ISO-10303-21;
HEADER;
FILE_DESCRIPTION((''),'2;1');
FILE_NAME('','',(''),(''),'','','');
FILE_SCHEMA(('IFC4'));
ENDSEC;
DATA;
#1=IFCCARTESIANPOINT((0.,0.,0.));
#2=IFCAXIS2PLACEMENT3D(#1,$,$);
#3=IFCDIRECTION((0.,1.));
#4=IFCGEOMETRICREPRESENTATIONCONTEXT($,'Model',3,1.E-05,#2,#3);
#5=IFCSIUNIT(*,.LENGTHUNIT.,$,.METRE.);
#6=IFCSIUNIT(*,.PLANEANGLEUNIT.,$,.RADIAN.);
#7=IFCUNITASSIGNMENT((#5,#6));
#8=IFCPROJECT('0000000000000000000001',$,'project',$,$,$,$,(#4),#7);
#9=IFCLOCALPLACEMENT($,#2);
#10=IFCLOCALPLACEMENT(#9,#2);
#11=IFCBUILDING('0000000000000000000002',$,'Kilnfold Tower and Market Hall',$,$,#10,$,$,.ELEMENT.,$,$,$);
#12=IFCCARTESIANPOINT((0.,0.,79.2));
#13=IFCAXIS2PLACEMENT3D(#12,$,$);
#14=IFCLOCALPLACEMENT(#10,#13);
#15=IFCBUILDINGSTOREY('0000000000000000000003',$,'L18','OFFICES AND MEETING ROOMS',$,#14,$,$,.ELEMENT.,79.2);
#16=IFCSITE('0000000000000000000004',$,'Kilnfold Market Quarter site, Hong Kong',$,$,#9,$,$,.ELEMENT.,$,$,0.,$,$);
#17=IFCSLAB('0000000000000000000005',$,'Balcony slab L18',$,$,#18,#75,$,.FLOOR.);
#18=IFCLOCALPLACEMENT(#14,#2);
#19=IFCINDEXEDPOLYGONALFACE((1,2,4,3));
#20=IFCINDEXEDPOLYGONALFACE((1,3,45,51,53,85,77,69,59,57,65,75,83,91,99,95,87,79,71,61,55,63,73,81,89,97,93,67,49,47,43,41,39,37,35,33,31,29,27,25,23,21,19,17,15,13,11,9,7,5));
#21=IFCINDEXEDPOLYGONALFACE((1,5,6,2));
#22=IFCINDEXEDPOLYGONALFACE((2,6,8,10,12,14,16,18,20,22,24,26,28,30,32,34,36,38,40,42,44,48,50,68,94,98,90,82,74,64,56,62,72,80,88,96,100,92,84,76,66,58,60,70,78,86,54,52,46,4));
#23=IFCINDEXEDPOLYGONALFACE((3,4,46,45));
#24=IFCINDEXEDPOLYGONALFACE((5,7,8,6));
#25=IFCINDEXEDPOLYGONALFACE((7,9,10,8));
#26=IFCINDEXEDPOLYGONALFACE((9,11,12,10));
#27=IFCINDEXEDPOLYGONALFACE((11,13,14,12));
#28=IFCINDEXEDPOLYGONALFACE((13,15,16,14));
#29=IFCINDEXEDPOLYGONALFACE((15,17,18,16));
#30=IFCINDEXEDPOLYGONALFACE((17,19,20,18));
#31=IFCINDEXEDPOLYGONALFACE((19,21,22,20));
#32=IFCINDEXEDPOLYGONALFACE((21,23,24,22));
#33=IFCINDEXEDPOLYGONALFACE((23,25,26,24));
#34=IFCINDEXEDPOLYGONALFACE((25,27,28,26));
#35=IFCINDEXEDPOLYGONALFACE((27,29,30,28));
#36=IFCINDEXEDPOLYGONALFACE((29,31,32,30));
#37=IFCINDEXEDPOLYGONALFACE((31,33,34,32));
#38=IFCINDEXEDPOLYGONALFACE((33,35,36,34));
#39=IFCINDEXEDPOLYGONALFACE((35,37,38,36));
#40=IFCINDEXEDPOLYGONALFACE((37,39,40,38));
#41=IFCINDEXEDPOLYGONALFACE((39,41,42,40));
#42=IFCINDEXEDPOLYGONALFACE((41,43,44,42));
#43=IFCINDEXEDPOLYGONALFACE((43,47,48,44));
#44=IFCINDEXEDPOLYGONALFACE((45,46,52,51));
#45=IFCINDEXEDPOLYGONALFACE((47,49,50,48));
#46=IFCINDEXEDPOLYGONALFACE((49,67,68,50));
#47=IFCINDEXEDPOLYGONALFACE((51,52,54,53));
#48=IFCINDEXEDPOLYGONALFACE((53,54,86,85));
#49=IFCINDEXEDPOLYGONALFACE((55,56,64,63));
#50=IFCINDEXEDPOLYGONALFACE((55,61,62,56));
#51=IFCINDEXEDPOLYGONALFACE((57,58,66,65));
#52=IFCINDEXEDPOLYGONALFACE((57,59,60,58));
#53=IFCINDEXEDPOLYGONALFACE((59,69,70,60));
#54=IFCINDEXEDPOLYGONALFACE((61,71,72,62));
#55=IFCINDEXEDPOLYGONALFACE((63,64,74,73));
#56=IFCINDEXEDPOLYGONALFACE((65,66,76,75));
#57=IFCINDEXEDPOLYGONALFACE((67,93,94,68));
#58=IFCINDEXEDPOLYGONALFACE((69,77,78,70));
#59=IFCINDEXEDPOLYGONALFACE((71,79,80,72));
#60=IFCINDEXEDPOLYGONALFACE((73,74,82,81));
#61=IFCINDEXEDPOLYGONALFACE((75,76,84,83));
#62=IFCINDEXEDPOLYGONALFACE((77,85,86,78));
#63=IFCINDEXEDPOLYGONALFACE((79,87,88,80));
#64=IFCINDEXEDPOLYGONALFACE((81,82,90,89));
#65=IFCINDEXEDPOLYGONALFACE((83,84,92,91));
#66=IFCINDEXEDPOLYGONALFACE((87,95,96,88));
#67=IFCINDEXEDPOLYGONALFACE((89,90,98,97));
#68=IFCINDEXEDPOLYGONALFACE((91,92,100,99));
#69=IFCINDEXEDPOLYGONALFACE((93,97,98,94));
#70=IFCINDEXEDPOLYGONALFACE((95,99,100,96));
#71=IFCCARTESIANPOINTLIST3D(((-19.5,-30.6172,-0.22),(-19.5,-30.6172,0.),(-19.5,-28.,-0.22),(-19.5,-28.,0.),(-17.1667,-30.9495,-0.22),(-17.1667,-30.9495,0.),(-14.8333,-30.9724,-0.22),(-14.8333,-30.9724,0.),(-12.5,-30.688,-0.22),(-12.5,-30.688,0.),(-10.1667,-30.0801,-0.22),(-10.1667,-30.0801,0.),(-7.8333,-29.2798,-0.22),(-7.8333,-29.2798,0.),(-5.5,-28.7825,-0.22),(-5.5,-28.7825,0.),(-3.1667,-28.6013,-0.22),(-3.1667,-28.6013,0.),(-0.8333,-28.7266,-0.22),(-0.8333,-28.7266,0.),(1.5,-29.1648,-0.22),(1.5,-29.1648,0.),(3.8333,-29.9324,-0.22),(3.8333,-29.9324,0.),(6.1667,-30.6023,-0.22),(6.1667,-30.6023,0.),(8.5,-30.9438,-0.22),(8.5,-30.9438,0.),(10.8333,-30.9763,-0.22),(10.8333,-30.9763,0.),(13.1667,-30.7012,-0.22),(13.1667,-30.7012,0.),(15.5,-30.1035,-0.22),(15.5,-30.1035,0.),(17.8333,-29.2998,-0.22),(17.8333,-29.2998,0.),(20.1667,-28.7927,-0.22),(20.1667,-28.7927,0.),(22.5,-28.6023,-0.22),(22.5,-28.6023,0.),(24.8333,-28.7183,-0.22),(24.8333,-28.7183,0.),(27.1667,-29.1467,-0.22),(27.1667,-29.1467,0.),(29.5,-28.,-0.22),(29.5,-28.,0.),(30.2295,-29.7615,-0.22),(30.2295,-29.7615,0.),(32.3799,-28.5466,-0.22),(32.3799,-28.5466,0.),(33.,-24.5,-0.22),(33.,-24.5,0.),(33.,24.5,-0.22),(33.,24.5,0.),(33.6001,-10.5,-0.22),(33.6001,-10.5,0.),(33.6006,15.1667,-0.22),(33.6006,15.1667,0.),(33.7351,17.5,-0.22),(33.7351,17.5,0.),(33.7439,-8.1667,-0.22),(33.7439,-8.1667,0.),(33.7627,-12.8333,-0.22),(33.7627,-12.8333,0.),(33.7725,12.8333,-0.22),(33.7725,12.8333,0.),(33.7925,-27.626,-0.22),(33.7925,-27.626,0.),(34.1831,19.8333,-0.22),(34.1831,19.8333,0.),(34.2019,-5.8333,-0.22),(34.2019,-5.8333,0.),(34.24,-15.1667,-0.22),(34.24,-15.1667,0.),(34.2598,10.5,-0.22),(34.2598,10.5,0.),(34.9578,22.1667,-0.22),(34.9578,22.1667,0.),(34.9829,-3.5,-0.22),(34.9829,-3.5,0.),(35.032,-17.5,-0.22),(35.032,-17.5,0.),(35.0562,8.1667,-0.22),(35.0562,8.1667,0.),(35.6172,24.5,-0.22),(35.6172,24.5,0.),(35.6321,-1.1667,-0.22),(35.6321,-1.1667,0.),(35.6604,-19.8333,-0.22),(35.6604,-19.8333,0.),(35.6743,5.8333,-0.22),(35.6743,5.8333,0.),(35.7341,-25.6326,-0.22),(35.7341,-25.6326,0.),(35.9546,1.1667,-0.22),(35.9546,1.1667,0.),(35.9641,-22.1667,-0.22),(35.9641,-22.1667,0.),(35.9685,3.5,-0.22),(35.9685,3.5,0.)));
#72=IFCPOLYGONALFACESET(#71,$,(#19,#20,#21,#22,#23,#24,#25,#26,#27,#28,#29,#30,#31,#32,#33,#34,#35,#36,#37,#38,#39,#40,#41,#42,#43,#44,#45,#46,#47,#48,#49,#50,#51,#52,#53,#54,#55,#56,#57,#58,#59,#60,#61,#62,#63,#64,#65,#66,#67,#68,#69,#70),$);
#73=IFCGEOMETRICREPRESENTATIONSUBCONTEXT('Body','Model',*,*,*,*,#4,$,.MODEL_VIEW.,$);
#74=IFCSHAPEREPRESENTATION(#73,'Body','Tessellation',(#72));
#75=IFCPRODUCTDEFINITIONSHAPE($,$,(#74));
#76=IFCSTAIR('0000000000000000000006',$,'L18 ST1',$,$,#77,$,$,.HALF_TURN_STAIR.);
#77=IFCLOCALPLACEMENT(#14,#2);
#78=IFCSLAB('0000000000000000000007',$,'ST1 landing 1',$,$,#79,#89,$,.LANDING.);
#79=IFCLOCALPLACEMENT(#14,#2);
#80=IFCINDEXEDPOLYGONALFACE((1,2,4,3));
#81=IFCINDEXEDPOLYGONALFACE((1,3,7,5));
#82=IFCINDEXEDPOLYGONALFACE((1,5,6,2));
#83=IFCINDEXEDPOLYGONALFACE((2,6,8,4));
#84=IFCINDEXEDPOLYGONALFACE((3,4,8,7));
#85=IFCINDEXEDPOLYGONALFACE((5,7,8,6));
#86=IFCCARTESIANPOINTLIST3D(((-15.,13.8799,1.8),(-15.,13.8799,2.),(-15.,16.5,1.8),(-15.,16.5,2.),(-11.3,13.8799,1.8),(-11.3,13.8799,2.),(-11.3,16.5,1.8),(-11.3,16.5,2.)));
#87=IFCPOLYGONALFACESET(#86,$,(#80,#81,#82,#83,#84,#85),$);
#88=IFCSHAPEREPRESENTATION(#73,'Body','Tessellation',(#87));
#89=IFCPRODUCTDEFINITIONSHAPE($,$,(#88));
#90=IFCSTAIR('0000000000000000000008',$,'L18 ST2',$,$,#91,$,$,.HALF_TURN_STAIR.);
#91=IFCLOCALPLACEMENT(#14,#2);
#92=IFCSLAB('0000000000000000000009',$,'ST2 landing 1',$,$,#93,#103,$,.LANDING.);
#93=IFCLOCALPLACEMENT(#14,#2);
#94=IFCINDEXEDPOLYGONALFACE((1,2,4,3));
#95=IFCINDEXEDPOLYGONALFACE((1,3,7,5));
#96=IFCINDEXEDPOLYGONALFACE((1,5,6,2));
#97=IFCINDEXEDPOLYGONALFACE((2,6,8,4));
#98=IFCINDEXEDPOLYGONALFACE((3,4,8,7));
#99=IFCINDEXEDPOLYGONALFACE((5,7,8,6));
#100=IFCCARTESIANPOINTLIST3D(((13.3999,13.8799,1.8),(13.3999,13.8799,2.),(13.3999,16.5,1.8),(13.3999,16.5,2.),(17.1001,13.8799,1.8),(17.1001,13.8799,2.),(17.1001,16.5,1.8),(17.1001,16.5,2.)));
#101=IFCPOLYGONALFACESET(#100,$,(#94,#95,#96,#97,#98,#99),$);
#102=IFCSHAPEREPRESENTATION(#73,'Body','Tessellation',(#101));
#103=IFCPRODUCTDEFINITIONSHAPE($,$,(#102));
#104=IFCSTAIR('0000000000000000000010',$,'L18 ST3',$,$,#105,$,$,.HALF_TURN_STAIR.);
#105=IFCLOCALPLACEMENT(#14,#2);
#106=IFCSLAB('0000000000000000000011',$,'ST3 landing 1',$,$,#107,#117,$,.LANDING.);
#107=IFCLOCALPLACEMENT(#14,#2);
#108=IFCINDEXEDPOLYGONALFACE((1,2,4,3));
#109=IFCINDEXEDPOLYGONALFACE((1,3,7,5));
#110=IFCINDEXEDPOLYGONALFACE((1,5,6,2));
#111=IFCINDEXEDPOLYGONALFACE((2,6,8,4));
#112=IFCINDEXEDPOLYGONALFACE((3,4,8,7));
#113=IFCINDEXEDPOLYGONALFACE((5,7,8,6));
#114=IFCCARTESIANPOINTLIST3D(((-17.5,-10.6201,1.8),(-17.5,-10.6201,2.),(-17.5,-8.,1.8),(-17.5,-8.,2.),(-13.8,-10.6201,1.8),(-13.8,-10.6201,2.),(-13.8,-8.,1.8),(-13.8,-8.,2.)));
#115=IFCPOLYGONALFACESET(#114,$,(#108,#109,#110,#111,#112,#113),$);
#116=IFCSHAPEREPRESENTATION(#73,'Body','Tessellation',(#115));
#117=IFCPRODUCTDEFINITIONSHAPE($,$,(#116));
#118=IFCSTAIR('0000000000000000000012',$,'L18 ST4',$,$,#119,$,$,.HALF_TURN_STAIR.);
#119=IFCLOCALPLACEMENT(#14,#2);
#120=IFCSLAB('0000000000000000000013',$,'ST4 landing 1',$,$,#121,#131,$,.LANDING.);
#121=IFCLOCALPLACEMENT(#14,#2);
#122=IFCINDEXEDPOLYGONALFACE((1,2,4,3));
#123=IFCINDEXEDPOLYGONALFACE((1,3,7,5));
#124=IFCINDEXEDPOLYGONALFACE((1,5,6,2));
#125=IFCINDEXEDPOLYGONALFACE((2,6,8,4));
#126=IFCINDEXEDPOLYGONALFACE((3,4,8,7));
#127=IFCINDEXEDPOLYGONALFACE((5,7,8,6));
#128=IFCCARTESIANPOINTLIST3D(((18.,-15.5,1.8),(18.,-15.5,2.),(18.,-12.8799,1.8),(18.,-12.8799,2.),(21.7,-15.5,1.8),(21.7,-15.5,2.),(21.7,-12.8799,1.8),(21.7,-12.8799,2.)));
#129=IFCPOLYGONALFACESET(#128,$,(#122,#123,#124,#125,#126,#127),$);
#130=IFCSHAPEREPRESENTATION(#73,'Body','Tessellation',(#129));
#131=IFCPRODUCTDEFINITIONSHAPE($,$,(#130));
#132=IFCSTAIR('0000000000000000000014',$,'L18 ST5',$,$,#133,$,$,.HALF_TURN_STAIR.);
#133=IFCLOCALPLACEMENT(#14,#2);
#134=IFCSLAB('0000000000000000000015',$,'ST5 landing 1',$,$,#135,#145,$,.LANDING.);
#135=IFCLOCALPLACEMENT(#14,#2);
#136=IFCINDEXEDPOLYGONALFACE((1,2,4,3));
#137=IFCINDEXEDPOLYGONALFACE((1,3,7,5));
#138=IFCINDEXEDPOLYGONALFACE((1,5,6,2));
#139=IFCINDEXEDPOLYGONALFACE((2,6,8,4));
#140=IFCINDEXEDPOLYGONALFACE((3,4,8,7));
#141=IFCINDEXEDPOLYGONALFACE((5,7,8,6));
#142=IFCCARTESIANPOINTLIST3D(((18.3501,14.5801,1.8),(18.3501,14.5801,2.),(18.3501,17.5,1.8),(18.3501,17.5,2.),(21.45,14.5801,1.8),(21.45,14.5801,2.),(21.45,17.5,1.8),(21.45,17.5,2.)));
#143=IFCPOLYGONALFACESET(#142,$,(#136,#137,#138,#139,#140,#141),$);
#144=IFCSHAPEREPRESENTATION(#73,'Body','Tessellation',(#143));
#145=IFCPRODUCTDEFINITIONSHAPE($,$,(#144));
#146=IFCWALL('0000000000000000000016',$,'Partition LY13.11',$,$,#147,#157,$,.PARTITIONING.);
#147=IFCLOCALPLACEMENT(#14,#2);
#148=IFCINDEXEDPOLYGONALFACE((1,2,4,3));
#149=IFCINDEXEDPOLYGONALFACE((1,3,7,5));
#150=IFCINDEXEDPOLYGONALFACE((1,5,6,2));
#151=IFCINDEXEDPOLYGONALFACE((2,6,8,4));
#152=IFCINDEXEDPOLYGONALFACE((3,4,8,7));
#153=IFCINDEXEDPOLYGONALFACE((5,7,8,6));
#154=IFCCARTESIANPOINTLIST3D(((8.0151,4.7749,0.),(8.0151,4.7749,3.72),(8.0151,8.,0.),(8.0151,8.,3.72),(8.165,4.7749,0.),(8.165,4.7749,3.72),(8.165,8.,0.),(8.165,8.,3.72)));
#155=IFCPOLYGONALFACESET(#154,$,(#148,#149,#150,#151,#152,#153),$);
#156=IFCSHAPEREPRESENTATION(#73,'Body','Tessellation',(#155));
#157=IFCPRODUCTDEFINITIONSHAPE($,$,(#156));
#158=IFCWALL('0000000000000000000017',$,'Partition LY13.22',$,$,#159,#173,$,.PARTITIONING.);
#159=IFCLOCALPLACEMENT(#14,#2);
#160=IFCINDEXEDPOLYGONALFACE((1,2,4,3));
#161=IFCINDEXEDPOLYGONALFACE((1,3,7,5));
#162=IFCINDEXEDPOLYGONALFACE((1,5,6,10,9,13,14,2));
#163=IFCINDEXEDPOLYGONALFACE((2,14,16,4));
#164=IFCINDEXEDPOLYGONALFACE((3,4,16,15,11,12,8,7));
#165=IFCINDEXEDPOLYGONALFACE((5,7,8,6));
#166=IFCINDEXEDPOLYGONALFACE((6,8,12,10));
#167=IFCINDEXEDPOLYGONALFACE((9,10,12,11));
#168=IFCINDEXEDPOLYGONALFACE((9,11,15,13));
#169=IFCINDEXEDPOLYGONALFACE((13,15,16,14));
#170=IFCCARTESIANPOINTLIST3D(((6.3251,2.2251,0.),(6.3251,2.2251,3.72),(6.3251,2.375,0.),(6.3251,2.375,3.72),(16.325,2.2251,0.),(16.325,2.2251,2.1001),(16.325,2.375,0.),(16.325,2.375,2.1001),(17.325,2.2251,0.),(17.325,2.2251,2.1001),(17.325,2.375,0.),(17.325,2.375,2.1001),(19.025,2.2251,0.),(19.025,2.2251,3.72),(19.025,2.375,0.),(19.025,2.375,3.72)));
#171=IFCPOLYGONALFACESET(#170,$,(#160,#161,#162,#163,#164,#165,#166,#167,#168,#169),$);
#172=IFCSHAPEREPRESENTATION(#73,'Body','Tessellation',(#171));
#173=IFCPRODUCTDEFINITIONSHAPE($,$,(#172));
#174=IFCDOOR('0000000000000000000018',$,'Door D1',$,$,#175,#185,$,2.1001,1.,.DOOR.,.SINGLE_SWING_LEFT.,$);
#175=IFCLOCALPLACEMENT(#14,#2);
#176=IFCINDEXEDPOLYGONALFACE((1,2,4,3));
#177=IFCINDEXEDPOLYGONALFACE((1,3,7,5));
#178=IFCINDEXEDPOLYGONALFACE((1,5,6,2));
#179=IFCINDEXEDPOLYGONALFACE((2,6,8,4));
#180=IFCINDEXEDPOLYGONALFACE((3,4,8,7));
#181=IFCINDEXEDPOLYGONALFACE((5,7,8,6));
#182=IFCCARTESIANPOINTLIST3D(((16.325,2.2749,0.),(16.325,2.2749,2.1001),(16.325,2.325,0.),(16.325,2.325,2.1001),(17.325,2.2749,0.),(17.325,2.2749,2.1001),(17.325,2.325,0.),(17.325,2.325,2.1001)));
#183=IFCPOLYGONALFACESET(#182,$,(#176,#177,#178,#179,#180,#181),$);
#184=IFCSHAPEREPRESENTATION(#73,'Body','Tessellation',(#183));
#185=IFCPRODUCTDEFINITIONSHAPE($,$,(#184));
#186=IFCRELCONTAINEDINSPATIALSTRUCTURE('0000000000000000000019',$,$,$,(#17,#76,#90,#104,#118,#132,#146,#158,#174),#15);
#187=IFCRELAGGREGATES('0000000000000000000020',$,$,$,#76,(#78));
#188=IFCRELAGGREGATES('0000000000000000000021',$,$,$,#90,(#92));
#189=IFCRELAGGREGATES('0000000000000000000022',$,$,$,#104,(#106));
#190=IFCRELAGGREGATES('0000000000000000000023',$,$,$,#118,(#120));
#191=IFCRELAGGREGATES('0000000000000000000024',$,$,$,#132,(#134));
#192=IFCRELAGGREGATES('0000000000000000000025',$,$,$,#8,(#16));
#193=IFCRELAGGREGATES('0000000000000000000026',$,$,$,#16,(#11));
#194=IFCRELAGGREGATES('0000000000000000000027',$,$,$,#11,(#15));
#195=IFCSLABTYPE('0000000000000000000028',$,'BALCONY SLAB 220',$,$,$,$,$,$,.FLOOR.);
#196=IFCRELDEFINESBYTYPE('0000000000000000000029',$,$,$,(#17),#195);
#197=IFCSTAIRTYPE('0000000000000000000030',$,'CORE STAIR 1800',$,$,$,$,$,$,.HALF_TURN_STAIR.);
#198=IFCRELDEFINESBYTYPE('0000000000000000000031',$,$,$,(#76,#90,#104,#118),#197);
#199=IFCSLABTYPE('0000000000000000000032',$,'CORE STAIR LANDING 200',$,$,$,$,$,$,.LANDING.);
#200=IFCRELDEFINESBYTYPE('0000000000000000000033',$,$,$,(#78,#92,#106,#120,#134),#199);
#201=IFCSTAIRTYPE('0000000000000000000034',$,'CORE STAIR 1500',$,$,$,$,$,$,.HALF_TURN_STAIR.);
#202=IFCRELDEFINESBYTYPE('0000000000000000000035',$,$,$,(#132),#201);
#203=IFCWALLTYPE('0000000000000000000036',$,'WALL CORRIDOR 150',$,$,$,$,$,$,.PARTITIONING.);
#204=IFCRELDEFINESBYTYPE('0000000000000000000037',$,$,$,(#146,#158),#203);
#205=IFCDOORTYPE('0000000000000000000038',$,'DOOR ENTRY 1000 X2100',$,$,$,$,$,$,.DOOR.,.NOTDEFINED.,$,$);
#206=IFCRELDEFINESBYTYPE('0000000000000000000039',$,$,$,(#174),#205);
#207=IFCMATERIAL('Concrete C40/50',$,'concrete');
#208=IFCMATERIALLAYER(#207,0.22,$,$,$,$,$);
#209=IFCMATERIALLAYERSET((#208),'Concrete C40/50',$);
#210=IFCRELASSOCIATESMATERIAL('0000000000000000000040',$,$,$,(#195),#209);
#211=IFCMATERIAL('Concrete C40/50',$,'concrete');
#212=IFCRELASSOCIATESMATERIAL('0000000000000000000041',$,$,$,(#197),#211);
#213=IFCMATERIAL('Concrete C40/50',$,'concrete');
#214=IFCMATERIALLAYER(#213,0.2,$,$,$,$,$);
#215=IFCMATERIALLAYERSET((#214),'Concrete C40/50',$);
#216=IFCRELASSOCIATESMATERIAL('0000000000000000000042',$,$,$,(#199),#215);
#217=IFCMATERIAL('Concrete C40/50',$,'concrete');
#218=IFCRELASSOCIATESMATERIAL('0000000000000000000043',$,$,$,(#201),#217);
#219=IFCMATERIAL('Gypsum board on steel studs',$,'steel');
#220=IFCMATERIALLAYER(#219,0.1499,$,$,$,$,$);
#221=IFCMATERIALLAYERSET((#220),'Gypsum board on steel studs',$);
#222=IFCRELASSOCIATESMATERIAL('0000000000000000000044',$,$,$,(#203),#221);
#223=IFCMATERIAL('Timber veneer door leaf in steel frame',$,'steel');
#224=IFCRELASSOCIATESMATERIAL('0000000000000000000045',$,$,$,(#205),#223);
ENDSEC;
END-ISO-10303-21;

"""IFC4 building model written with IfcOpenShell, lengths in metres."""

from ifc_helpers import new_model, si_unit, direction, frame, frame_2d, origin, place, context, subcontext, project, spatial, polyline, rectangle, outline, extrude, source, transform, mapped, material, layer, layer_set, type_object, element, fill, aggregate, save


model = new_model("IFC4")

# Units and contexts
model_context = context("Model", 3, precision=1e-05, world=origin(), true_north=direction((0.0, 1.0)))
body_context = subcontext(model_context, "Body", "Model", "MODEL_VIEW")
ifc_project = project(units=[si_unit("LENGTHUNIT", "METRE"), si_unit("PLANEANGLEUNIT", "RADIAN")], contexts=[model_context])

# Site, building, storey
site_placement = place(None, origin())
site = spatial("IfcSite", under=ifc_project, at=site_placement, Name="Kilnfold Market Quarter site, Hong Kong", CompositionType="ELEMENT", RefElevation=0.0)
building_placement = place(site_placement, origin())
building = spatial("IfcBuilding", under=site, at=building_placement, Name="Kilnfold Tower and Market Hall", CompositionType="ELEMENT")
storey_placement = place(building_placement, frame((0.0, 0.0, 79.2)))
storey = spatial("IfcBuildingStorey", under=building, at=storey_placement, Name="L18", Description="OFFICES AND MEETING ROOMS", CompositionType="ELEMENT", Elevation=79.2)

# Slab
ifc_material_1 = material(Name="Concrete C40/50", Category="concrete")
ifc_layer_1 = layer(ifc_material_1, 0.22)
ifc_layer_set_1 = layer_set([ifc_layer_1], Name="Concrete C40/50")
slab_type_1 = type_object("IfcSlabType", Name="BALCONY SLAB 220", PredefinedType="FLOOR", material=ifc_layer_set_1)
shared_shape_1 = source(origin(), body_context, "Body", "SweptSolid", [
    extrude(outline(polyline([(-19.5, -28.0), (29.5, -28.0), (33.0, -24.5), (33.0, 24.5), (35.6172, 24.5), (34.9578, 22.1667), (34.1831, 19.8333), (33.7351, 17.5), (33.6006, 15.1667), (33.7725, 12.8333), (34.2598, 10.5), (35.0562, 8.1667), (35.6743, 5.8333), (35.9685, 3.5), (35.9546, 1.1667), (35.6321, -1.1667), (34.9829, -3.5), (34.2019, -5.8333), (33.7439, -8.1667), (33.6001, -10.5), (33.7627, -12.8333), (34.24, -15.1667), (35.032, -17.5), (35.6604, -19.8333), (35.9641, -22.1667), (35.7341, -25.6326), (33.7925, -27.626), (32.3799, -28.5466), (30.2295, -29.7615), (27.1667, -29.1467), (24.8333, -28.7183), (22.5, -28.6023), (20.1667, -28.7927), (17.8333, -29.2998), (15.5, -30.1035), (13.1667, -30.7012), (10.8333, -30.9763), (8.5, -30.9438), (6.1667, -30.6023), (3.8333, -29.9324), (1.5, -29.1648), (-0.8333, -28.7266), (-3.1667, -28.6013), (-5.5, -28.7825), (-7.8333, -29.2798), (-10.1667, -30.0801), (-12.5, -30.688), (-14.8333, -30.9724), (-17.1667, -30.9495), (-19.5, -30.6172), (-19.5, -28.0)])), origin(), (0.0, 0.0, 1.0), 0.22),
])
slab_1_placement = place(storey_placement, frame((0.0, 0.0, -0.22)))
element("IfcSlab", 1, at=slab_1_placement, inside=storey, type_object=slab_type_1, Name="Balcony slab L18", PredefinedType="FLOOR", context=body_context, shape_type="MappedRepresentation", body=[
    mapped(shared_shape_1, transform((0.0, 0.0, 0.0))),
])

# Stairs, slabs
ifc_material_2 = material(Name="Concrete C40/50", Category="concrete")
stair_type_1 = type_object("IfcStairType", Name="CORE STAIR 1800", PredefinedType="HALF_TURN_STAIR", material=ifc_material_2)
stair_1_placement = place(storey_placement, origin())
stair_1 = element("IfcStair", 2, at=stair_1_placement, inside=storey, type_object=stair_type_1, Name="L18 ST1", PredefinedType="HALF_TURN_STAIR")
ifc_material_3 = material(Name="Concrete C40/50", Category="concrete")
ifc_layer_2 = layer(ifc_material_3, 0.2)
ifc_layer_set_2 = layer_set([ifc_layer_2], Name="Concrete C40/50")
slab_type_2 = type_object("IfcSlabType", Name="CORE STAIR LANDING 200", PredefinedType="LANDING", material=ifc_layer_set_2)
shared_shape_2 = source(origin(), body_context, "Body", "SweptSolid", [
    extrude(outline(polyline([(-11.3, 13.8799), (-11.3, 16.5), (-15.0, 16.5), (-15.0, 13.8799), (-11.3, 13.8799)])), origin(), (0.0, 0.0, 1.0), 0.2),
])
slab_2_placement = place(storey_placement, frame((0.0, 0.0, 1.8)))
slab_2 = element("IfcSlab", 3, at=slab_2_placement, type_object=slab_type_2, Name="ST1 landing 1", PredefinedType="LANDING", context=body_context, shape_type="MappedRepresentation", body=[
    mapped(shared_shape_2, transform((0.0, 0.0, 0.0))),
])
aggregate(stair_1, [slab_2])
stair_2_placement = place(storey_placement, origin())
stair_2 = element("IfcStair", 4, at=stair_2_placement, inside=storey, type_object=stair_type_1, Name="L18 ST2", PredefinedType="HALF_TURN_STAIR")
shared_shape_3 = source(origin(), body_context, "Body", "SweptSolid", [
    extrude(outline(polyline([(17.1001, 13.8799), (17.1001, 16.5), (13.3999, 16.5), (13.3999, 13.8799), (17.1001, 13.8799)])), origin(), (0.0, 0.0, 1.0), 0.2),
])
slab_3_placement = place(storey_placement, frame((0.0, 0.0, 1.8)))
slab_3 = element("IfcSlab", 5, at=slab_3_placement, type_object=slab_type_2, Name="ST2 landing 1", PredefinedType="LANDING", context=body_context, shape_type="MappedRepresentation", body=[
    mapped(shared_shape_3, transform((0.0, 0.0, 0.0))),
])
aggregate(stair_2, [slab_3])
stair_3_placement = place(storey_placement, origin())
stair_3 = element("IfcStair", 6, at=stair_3_placement, inside=storey, type_object=stair_type_1, Name="L18 ST3", PredefinedType="HALF_TURN_STAIR")
shared_shape_4 = source(origin(), body_context, "Body", "SweptSolid", [
    extrude(outline(polyline([(-13.8, -10.6201), (-13.8, -8.0), (-17.5, -8.0), (-17.5, -10.6201), (-13.8, -10.6201)])), origin(), (0.0, 0.0, 1.0), 0.2),
])
slab_4_placement = place(storey_placement, frame((0.0, 0.0, 1.8)))
slab_4 = element("IfcSlab", 7, at=slab_4_placement, type_object=slab_type_2, Name="ST3 landing 1", PredefinedType="LANDING", context=body_context, shape_type="MappedRepresentation", body=[
    mapped(shared_shape_4, transform((0.0, 0.0, 0.0))),
])
aggregate(stair_3, [slab_4])
stair_4_placement = place(storey_placement, origin())
stair_4 = element("IfcStair", 8, at=stair_4_placement, inside=storey, type_object=stair_type_1, Name="L18 ST4", PredefinedType="HALF_TURN_STAIR")
shared_shape_5 = source(origin(), body_context, "Body", "SweptSolid", [
    extrude(outline(polyline([(18.0, -12.8799), (18.0, -15.5), (21.7, -15.5), (21.7, -12.8799), (18.0, -12.8799)])), origin(), (0.0, 0.0, 1.0), 0.2),
])
slab_5_placement = place(storey_placement, frame((0.0, 0.0, 1.8)))
slab_5 = element("IfcSlab", 9, at=slab_5_placement, type_object=slab_type_2, Name="ST4 landing 1", PredefinedType="LANDING", context=body_context, shape_type="MappedRepresentation", body=[
    mapped(shared_shape_5, transform((0.0, 0.0, 0.0))),
])
aggregate(stair_4, [slab_5])
ifc_material_4 = material(Name="Concrete C40/50", Category="concrete")
stair_type_2 = type_object("IfcStairType", Name="CORE STAIR 1500", PredefinedType="HALF_TURN_STAIR", material=ifc_material_4)
stair_5_placement = place(storey_placement, origin())
stair_5 = element("IfcStair", 10, at=stair_5_placement, inside=storey, type_object=stair_type_2, Name="L18 ST5", PredefinedType="HALF_TURN_STAIR")
shared_shape_6 = source(origin(), body_context, "Body", "SweptSolid", [
    extrude(outline(polyline([(21.45, 14.5801), (21.45, 17.5), (18.3501, 17.5), (18.3501, 14.5801), (21.45, 14.5801)])), origin(), (0.0, 0.0, 1.0), 0.2),
])
slab_6_placement = place(storey_placement, frame((0.0, 0.0, 1.8)))
slab_6 = element("IfcSlab", 11, at=slab_6_placement, type_object=slab_type_2, Name="ST5 landing 1", PredefinedType="LANDING", context=body_context, shape_type="MappedRepresentation", body=[
    mapped(shared_shape_6, transform((0.0, 0.0, 0.0))),
])
aggregate(stair_5, [slab_6])

# Wall
ifc_material_5 = material(Name="Gypsum board on steel studs", Category="steel")
ifc_layer_3 = layer(ifc_material_5, 0.1499)
ifc_layer_set_3 = layer_set([ifc_layer_3], Name="Gypsum board on steel studs")
wall_type_1 = type_object("IfcWallType", Name="WALL CORRIDOR 150", PredefinedType="PARTITIONING", material=ifc_layer_set_3)
wall_1_placement = place(storey_placement, frame((8.0901, 8.0, 0.0), z_axis=(0.0, 0.0, 1.0), x_axis=(0.0, -1.0, 0.0)))
element("IfcWall", 12, at=wall_1_placement, inside=storey, type_object=wall_type_1, Name="Partition LY13.11", PredefinedType="PARTITIONING", context=body_context, shape_type="SweptSolid", body=[
    extrude(rectangle(XDim=3.2251, YDim=0.1499, at=frame_2d((1.6125, 0.0))), origin(), (0.0, 0.0, 1.0), 3.72),
])

# Wall, opening, door
wall_2_placement = place(storey_placement, frame((6.325, 2.3, 0.0), z_axis=(0.0, 0.0, 1.0), x_axis=(1.0, 0.0, 0.0)))
wall_2 = element("IfcWall", 13, at=wall_2_placement, inside=storey, type_object=wall_type_1, Name="Partition LY13.22", PredefinedType="PARTITIONING", context=body_context, shape_type="SweptSolid", body=[
    extrude(rectangle(XDim=12.7, YDim=0.1499, at=frame_2d((6.3501, 0.0))), origin(), (0.0, 0.0, 1.0), 3.72),
])
opening_1_placement = place(wall_2_placement, frame((10.0, 0.0, 0.0)))
opening_1 = element("IfcOpeningElement", 14, at=opening_1_placement, cuts=wall_2, PredefinedType="OPENING", context=body_context, shape_type="SweptSolid", body=[
    extrude(rectangle(XDim=1.0, YDim=2.1001, at=frame_2d((0.5, 1.05))), frame((0.0, 0.085, 0.0), z_axis=(0.0, -1.0, 0.0), x_axis=(1.0, 0.0, 0.0)), (0.0, 0.0, 1.0), 0.1699),
])
ifc_material_6 = material(Name="Timber veneer door leaf in steel frame", Category="steel")
door_type_1 = type_object("IfcDoorType", Name="DOOR ENTRY 1000 X2100", OperationType="NOTDEFINED", PredefinedType="DOOR", material=ifc_material_6)
door_1_placement = place(opening_1_placement, origin())
door_1 = element("IfcDoor", 15, at=door_1_placement, inside=storey, type_object=door_type_1, Name="Door D1", OperationType="SINGLE_SWING_LEFT", OverallHeight=2.1001, OverallWidth=1.0, PredefinedType="DOOR", context=body_context, shape_type="SweptSolid", body=[
    extrude(rectangle(XDim=1.0, YDim=2.1001, at=frame_2d((0.5, 1.05))), frame((0.0, 0.0249, 0.0), z_axis=(0.0, -1.0, 0.0), x_axis=(1.0, 0.0, 0.0)), (0.0, 0.0, 1.0), 0.05),
])
fill(opening_1, door_1)

save(model, "model.ifc")
